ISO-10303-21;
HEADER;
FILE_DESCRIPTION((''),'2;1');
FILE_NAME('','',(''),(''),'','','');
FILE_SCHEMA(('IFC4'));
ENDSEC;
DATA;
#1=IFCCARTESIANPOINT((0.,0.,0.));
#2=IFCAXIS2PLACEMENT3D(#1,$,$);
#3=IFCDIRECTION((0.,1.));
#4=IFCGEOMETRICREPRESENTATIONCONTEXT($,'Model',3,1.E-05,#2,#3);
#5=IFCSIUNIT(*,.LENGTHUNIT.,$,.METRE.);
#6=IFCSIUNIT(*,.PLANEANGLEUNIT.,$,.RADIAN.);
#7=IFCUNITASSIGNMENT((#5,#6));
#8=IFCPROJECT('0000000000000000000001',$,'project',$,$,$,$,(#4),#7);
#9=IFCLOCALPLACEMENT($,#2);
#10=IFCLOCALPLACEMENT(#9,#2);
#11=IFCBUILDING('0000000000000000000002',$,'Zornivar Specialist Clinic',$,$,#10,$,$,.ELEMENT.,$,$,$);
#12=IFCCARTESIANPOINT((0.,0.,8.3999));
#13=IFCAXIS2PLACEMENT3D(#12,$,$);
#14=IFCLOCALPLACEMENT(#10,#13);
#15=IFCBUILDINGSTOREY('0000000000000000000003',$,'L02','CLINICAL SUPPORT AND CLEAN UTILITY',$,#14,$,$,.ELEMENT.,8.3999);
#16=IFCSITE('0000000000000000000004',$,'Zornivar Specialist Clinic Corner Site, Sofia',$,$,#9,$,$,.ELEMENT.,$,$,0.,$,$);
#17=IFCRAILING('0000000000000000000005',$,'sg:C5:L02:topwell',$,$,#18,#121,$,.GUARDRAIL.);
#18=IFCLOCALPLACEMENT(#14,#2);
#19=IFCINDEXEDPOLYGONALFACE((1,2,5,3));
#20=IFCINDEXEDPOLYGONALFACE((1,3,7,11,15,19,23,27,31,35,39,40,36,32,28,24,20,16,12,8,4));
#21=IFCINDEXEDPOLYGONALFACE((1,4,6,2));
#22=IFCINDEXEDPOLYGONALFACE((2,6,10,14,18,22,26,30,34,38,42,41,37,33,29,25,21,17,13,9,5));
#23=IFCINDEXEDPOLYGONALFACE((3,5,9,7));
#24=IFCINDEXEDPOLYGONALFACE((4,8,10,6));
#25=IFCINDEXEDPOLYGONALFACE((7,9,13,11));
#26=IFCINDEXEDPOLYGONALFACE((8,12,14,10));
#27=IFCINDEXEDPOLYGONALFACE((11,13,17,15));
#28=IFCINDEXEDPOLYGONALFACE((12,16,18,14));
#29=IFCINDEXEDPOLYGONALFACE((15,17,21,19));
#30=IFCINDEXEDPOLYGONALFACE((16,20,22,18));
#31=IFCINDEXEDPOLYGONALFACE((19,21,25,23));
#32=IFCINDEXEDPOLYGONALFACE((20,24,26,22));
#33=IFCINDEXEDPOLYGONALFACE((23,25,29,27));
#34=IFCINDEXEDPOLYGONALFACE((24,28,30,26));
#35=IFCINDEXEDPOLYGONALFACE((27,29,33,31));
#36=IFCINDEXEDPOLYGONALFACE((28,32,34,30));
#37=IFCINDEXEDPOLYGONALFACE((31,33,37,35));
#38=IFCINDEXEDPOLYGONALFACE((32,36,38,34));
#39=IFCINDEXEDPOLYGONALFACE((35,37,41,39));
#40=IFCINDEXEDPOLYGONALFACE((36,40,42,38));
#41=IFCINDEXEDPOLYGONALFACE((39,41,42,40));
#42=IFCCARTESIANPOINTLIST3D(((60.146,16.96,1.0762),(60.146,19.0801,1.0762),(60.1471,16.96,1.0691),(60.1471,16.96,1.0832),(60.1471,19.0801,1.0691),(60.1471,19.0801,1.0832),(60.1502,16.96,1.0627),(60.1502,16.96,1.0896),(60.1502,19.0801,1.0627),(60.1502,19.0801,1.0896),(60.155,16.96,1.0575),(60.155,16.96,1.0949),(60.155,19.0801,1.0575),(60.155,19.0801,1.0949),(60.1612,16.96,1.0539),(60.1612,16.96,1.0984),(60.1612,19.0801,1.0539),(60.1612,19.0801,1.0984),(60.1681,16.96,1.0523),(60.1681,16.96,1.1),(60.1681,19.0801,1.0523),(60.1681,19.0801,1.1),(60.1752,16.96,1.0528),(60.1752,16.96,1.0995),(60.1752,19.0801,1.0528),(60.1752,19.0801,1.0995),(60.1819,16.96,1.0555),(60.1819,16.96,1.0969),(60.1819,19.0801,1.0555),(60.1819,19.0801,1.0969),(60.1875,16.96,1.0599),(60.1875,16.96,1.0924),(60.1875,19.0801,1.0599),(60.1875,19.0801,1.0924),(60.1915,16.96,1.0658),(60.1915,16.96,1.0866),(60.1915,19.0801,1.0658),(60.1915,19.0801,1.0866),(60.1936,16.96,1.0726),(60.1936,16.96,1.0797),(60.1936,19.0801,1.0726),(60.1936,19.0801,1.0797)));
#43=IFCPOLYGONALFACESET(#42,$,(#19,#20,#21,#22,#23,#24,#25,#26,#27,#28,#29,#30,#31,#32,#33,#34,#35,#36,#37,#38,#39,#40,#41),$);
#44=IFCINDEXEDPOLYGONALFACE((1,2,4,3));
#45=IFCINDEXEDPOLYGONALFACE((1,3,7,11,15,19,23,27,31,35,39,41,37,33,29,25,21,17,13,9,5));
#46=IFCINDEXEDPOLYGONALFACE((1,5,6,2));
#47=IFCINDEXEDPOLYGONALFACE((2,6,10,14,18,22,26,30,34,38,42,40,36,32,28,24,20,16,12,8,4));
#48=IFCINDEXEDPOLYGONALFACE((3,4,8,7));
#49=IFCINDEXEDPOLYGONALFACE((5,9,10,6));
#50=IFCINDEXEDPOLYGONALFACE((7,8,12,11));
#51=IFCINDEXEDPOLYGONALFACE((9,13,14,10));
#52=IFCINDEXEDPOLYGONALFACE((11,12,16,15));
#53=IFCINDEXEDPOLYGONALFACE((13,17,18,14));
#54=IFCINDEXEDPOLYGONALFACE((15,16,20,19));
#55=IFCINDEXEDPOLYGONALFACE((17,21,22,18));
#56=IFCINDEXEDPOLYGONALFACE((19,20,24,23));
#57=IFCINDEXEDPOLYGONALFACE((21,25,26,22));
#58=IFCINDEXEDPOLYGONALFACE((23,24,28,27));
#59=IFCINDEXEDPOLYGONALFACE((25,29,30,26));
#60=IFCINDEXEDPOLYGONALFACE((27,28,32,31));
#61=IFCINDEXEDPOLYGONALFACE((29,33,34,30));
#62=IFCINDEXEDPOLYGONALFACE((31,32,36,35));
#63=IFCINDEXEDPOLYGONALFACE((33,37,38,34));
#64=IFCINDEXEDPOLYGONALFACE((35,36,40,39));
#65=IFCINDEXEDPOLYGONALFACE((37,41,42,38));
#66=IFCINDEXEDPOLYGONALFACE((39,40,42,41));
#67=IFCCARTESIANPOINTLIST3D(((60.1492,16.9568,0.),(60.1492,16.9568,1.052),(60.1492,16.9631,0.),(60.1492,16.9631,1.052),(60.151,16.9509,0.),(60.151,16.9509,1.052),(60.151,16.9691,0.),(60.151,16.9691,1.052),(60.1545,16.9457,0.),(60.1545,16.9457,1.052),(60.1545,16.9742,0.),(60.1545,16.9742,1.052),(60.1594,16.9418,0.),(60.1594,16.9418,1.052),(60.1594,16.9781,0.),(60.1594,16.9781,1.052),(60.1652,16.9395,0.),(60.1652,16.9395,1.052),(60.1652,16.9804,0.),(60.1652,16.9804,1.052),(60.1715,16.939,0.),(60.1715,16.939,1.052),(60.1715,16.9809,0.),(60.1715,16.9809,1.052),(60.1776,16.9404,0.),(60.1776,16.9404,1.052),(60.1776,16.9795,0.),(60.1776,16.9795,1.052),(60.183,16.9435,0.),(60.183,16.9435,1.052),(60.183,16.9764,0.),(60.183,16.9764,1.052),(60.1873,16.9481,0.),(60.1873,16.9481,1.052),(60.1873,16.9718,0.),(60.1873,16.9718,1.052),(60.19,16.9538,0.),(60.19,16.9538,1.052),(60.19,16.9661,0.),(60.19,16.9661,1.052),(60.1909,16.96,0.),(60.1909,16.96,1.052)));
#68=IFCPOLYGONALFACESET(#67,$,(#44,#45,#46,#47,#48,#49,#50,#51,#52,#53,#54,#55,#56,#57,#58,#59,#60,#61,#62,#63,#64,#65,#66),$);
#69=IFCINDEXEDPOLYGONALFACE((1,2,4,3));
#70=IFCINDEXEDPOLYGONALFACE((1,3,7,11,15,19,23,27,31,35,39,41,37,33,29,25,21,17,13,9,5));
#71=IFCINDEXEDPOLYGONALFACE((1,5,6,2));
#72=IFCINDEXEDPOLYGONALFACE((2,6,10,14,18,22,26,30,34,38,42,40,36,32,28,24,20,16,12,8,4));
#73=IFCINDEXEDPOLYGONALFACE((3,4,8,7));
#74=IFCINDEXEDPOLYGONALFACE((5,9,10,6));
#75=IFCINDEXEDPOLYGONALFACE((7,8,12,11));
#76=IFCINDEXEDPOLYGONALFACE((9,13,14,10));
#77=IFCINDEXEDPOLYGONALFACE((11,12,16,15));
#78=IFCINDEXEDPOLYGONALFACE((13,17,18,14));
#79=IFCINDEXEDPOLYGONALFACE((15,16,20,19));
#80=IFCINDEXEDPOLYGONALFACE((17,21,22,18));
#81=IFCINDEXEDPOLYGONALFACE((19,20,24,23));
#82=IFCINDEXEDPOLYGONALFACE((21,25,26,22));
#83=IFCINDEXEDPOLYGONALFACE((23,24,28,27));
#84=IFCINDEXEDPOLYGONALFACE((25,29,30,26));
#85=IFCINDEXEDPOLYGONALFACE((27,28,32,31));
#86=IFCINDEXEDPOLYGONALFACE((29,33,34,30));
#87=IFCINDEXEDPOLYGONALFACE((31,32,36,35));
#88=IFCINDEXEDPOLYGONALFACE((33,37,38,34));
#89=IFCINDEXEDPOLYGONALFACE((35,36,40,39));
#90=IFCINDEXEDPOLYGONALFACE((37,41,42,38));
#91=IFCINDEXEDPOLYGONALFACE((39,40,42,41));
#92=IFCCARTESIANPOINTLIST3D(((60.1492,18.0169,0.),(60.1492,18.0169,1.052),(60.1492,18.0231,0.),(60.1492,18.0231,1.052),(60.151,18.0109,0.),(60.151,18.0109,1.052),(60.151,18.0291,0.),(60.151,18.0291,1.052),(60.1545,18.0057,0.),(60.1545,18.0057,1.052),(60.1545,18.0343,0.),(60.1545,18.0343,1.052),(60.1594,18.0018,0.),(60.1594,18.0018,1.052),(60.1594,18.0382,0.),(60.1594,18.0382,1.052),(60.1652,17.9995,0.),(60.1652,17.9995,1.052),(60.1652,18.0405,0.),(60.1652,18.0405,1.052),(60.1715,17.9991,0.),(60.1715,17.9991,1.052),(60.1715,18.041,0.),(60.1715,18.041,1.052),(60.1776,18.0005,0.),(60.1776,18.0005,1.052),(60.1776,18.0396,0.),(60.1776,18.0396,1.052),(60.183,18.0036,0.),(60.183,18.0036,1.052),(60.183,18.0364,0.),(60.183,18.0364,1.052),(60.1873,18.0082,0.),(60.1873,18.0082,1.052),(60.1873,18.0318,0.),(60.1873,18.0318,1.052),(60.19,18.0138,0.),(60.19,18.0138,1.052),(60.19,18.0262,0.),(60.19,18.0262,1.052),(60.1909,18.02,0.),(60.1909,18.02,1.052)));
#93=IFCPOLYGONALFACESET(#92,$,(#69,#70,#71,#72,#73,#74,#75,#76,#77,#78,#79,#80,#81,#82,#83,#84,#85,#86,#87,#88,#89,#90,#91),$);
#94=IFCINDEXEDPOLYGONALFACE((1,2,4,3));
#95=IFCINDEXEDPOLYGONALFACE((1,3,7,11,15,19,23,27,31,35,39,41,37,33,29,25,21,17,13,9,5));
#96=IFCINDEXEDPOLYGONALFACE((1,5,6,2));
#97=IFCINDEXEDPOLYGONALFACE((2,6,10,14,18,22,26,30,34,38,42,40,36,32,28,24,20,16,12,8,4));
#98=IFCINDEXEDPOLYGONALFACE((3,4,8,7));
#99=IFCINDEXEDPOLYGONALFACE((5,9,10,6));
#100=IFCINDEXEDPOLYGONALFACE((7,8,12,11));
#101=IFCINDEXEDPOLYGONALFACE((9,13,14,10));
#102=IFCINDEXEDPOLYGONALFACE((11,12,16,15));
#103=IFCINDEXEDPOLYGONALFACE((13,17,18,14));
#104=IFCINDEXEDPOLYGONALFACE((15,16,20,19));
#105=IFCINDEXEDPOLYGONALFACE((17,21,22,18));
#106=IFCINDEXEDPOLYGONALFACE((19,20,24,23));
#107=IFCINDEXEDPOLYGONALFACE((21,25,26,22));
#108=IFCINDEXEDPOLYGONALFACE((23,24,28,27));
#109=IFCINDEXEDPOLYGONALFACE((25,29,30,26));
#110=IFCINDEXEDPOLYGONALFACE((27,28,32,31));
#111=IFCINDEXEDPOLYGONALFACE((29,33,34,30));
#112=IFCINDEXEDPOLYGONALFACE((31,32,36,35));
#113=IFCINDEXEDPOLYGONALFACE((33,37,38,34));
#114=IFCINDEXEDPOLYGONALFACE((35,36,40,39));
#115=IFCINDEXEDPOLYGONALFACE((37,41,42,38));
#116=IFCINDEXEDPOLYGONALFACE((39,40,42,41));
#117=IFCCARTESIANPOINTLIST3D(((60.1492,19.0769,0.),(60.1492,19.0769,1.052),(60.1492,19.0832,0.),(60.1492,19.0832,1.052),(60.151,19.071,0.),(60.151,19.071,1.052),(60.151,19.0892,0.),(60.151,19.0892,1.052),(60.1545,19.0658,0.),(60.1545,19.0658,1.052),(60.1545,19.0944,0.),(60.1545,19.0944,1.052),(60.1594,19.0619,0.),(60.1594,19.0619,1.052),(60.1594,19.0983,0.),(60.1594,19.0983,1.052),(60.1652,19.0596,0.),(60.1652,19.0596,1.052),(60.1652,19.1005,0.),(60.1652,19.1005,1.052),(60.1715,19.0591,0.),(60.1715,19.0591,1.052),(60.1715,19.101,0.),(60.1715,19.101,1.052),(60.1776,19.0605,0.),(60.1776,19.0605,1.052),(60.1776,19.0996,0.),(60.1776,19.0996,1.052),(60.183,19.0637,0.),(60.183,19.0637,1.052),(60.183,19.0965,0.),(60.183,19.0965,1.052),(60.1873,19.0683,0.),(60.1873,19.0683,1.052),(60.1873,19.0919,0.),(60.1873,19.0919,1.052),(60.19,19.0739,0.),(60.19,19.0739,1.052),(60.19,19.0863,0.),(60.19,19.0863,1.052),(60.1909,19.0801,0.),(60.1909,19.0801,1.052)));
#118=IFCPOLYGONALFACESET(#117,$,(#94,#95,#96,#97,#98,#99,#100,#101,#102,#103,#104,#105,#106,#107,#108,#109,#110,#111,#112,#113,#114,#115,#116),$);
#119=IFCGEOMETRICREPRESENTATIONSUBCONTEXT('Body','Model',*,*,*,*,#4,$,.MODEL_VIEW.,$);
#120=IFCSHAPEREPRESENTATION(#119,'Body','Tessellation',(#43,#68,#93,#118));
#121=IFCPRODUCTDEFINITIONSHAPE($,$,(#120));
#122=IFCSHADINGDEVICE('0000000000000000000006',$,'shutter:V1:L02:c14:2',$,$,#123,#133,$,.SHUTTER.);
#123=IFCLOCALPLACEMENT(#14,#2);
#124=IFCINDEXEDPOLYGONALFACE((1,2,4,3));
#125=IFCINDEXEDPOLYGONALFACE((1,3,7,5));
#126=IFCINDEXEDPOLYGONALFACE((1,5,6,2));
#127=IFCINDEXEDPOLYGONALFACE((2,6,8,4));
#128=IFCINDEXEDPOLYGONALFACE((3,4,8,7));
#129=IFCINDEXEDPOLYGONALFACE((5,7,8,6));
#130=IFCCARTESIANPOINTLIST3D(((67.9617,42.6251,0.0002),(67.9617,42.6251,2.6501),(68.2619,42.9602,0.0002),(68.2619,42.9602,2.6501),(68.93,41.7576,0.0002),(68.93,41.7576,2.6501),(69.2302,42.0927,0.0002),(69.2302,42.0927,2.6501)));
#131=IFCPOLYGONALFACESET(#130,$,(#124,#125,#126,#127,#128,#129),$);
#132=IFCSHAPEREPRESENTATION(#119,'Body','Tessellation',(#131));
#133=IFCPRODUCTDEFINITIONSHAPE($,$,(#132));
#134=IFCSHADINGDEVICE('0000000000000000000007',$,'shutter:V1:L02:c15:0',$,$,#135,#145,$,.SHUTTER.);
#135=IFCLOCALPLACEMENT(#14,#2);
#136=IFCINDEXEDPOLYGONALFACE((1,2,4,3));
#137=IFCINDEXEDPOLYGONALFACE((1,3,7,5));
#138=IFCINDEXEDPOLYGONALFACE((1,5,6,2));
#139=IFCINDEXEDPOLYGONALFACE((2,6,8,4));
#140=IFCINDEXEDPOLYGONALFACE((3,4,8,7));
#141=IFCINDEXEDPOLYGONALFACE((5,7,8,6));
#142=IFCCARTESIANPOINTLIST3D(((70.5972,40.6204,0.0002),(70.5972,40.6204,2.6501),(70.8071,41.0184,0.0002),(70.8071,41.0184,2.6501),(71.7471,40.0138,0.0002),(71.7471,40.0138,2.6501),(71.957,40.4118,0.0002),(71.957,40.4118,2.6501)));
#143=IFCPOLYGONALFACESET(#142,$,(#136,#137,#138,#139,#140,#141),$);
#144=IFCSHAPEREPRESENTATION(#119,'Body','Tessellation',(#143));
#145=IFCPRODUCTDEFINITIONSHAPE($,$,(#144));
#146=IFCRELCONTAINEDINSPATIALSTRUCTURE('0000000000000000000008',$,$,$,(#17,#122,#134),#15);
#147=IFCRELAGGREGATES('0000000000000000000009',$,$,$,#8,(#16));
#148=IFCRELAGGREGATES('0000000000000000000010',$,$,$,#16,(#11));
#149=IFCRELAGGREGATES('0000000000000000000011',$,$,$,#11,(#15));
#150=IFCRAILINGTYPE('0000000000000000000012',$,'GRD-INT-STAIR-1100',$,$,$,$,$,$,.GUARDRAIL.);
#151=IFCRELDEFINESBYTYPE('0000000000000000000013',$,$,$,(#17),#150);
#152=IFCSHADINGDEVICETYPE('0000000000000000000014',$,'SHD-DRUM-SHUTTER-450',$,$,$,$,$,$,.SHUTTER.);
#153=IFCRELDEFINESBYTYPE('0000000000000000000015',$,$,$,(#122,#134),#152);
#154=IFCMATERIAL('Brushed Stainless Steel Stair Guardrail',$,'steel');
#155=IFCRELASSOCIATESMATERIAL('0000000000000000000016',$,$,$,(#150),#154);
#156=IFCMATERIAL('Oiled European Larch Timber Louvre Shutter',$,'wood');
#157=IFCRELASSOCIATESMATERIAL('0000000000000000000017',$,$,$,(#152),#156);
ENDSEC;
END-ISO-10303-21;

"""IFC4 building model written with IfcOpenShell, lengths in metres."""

from ifc_helpers import new_model, si_unit, direction, frame, origin, origin_2d, place, context, subcontext, project, spatial, rectangle, circle, extrude, material, type_object, element, save


model = new_model("IFC4")

# Units and contexts
model_context = context("Model", 3, precision=1e-05, world=origin(), true_north=direction((0.0, 1.0)))
body_context = subcontext(model_context, "Body", "Model", "MODEL_VIEW")
ifc_project = project(units=[si_unit("LENGTHUNIT", "METRE"), si_unit("PLANEANGLEUNIT", "RADIAN")], contexts=[model_context])

# Site, building, storey
site_placement = place(None, origin())
site = spatial("IfcSite", under=ifc_project, at=site_placement, Name="Zornivar Specialist Clinic Corner Site, Sofia", CompositionType="ELEMENT", RefElevation=0.0)
building_placement = place(site_placement, origin())
building = spatial("IfcBuilding", under=site, at=building_placement, Name="Zornivar Specialist Clinic", CompositionType="ELEMENT")
storey_placement = place(building_placement, frame((0.0, 0.0, 8.3999)))
storey = spatial("IfcBuildingStorey", under=building, at=storey_placement, Name="L02", Description="CLINICAL SUPPORT AND CLEAN UTILITY", CompositionType="ELEMENT", Elevation=8.3999)

# Railing
ifc_material_1 = material(Name="Brushed Stainless Steel Stair Guardrail", Category="steel")
railing_type = type_object("IfcRailingType", Name="GRD-INT-STAIR-1100", PredefinedType="GUARDRAIL", material=ifc_material_1)
railing_placement = place(storey_placement, frame((60.1699, 16.96, 0.0)))
element("IfcRailing", 1, at=railing_placement, inside=storey, type_object=railing_type, Name="sg:C5:L02:topwell", PredefinedType="GUARDRAIL", context=body_context, shape_type="SweptSolid", body=[
    extrude(circle(Radius=0.0239, at=origin_2d()), frame((0.0, 0.0, 1.0762), z_axis=(0.0, 1.0, 0.0), x_axis=(-1.0, 0.0, 0.0)), (0.0, 0.0, 1.0), 2.1201),
    extrude(circle(Radius=0.021, at=origin_2d()), origin(), (0.0, 0.0, 1.0), 1.052),
    extrude(circle(Radius=0.021, at=origin_2d()), frame((0.0, 1.0601, 0.0)), (0.0, 0.0, 1.0), 1.052),
    extrude(circle(Radius=0.021, at=origin_2d()), frame((0.0, 2.1201, 0.0)), (0.0, 0.0, 1.0), 1.052),
])

# Shading devices
ifc_material_2 = material(Name="Oiled European Larch Timber Louvre Shutter", Category="wood")
shading_device_type = type_object("IfcShadingDeviceType", Name="SHD-DRUM-SHUTTER-450", PredefinedType="SHUTTER", material=ifc_material_2)
for number, where, z_axis, x_axis, name in (
    (2, (68.5959, 42.3589, 0.0002), (0.0, 0.0, 1.0), (0.744797, -0.667291, 0.0), "shutter:V1:L02:c14:2"),
    (3, (71.2771, 40.5161, 0.0002), (0.0, 0.0, 1.0), (0.88447, -0.466597, 0.0), "shutter:V1:L02:c15:0"),
):
    element("IfcShadingDevice", number, at=place(storey_placement, frame(where, z_axis=z_axis, x_axis=x_axis)), inside=storey, type_object=shading_device_type, Name=name, PredefinedType="SHUTTER", context=body_context, shape_type="SweptSolid", body=[
        extrude(rectangle(XDim=1.3, YDim=0.45, at=origin_2d()), origin(), (0.0, 0.0, 1.0), 2.6499),
    ])

save(model, "model.ifc")
